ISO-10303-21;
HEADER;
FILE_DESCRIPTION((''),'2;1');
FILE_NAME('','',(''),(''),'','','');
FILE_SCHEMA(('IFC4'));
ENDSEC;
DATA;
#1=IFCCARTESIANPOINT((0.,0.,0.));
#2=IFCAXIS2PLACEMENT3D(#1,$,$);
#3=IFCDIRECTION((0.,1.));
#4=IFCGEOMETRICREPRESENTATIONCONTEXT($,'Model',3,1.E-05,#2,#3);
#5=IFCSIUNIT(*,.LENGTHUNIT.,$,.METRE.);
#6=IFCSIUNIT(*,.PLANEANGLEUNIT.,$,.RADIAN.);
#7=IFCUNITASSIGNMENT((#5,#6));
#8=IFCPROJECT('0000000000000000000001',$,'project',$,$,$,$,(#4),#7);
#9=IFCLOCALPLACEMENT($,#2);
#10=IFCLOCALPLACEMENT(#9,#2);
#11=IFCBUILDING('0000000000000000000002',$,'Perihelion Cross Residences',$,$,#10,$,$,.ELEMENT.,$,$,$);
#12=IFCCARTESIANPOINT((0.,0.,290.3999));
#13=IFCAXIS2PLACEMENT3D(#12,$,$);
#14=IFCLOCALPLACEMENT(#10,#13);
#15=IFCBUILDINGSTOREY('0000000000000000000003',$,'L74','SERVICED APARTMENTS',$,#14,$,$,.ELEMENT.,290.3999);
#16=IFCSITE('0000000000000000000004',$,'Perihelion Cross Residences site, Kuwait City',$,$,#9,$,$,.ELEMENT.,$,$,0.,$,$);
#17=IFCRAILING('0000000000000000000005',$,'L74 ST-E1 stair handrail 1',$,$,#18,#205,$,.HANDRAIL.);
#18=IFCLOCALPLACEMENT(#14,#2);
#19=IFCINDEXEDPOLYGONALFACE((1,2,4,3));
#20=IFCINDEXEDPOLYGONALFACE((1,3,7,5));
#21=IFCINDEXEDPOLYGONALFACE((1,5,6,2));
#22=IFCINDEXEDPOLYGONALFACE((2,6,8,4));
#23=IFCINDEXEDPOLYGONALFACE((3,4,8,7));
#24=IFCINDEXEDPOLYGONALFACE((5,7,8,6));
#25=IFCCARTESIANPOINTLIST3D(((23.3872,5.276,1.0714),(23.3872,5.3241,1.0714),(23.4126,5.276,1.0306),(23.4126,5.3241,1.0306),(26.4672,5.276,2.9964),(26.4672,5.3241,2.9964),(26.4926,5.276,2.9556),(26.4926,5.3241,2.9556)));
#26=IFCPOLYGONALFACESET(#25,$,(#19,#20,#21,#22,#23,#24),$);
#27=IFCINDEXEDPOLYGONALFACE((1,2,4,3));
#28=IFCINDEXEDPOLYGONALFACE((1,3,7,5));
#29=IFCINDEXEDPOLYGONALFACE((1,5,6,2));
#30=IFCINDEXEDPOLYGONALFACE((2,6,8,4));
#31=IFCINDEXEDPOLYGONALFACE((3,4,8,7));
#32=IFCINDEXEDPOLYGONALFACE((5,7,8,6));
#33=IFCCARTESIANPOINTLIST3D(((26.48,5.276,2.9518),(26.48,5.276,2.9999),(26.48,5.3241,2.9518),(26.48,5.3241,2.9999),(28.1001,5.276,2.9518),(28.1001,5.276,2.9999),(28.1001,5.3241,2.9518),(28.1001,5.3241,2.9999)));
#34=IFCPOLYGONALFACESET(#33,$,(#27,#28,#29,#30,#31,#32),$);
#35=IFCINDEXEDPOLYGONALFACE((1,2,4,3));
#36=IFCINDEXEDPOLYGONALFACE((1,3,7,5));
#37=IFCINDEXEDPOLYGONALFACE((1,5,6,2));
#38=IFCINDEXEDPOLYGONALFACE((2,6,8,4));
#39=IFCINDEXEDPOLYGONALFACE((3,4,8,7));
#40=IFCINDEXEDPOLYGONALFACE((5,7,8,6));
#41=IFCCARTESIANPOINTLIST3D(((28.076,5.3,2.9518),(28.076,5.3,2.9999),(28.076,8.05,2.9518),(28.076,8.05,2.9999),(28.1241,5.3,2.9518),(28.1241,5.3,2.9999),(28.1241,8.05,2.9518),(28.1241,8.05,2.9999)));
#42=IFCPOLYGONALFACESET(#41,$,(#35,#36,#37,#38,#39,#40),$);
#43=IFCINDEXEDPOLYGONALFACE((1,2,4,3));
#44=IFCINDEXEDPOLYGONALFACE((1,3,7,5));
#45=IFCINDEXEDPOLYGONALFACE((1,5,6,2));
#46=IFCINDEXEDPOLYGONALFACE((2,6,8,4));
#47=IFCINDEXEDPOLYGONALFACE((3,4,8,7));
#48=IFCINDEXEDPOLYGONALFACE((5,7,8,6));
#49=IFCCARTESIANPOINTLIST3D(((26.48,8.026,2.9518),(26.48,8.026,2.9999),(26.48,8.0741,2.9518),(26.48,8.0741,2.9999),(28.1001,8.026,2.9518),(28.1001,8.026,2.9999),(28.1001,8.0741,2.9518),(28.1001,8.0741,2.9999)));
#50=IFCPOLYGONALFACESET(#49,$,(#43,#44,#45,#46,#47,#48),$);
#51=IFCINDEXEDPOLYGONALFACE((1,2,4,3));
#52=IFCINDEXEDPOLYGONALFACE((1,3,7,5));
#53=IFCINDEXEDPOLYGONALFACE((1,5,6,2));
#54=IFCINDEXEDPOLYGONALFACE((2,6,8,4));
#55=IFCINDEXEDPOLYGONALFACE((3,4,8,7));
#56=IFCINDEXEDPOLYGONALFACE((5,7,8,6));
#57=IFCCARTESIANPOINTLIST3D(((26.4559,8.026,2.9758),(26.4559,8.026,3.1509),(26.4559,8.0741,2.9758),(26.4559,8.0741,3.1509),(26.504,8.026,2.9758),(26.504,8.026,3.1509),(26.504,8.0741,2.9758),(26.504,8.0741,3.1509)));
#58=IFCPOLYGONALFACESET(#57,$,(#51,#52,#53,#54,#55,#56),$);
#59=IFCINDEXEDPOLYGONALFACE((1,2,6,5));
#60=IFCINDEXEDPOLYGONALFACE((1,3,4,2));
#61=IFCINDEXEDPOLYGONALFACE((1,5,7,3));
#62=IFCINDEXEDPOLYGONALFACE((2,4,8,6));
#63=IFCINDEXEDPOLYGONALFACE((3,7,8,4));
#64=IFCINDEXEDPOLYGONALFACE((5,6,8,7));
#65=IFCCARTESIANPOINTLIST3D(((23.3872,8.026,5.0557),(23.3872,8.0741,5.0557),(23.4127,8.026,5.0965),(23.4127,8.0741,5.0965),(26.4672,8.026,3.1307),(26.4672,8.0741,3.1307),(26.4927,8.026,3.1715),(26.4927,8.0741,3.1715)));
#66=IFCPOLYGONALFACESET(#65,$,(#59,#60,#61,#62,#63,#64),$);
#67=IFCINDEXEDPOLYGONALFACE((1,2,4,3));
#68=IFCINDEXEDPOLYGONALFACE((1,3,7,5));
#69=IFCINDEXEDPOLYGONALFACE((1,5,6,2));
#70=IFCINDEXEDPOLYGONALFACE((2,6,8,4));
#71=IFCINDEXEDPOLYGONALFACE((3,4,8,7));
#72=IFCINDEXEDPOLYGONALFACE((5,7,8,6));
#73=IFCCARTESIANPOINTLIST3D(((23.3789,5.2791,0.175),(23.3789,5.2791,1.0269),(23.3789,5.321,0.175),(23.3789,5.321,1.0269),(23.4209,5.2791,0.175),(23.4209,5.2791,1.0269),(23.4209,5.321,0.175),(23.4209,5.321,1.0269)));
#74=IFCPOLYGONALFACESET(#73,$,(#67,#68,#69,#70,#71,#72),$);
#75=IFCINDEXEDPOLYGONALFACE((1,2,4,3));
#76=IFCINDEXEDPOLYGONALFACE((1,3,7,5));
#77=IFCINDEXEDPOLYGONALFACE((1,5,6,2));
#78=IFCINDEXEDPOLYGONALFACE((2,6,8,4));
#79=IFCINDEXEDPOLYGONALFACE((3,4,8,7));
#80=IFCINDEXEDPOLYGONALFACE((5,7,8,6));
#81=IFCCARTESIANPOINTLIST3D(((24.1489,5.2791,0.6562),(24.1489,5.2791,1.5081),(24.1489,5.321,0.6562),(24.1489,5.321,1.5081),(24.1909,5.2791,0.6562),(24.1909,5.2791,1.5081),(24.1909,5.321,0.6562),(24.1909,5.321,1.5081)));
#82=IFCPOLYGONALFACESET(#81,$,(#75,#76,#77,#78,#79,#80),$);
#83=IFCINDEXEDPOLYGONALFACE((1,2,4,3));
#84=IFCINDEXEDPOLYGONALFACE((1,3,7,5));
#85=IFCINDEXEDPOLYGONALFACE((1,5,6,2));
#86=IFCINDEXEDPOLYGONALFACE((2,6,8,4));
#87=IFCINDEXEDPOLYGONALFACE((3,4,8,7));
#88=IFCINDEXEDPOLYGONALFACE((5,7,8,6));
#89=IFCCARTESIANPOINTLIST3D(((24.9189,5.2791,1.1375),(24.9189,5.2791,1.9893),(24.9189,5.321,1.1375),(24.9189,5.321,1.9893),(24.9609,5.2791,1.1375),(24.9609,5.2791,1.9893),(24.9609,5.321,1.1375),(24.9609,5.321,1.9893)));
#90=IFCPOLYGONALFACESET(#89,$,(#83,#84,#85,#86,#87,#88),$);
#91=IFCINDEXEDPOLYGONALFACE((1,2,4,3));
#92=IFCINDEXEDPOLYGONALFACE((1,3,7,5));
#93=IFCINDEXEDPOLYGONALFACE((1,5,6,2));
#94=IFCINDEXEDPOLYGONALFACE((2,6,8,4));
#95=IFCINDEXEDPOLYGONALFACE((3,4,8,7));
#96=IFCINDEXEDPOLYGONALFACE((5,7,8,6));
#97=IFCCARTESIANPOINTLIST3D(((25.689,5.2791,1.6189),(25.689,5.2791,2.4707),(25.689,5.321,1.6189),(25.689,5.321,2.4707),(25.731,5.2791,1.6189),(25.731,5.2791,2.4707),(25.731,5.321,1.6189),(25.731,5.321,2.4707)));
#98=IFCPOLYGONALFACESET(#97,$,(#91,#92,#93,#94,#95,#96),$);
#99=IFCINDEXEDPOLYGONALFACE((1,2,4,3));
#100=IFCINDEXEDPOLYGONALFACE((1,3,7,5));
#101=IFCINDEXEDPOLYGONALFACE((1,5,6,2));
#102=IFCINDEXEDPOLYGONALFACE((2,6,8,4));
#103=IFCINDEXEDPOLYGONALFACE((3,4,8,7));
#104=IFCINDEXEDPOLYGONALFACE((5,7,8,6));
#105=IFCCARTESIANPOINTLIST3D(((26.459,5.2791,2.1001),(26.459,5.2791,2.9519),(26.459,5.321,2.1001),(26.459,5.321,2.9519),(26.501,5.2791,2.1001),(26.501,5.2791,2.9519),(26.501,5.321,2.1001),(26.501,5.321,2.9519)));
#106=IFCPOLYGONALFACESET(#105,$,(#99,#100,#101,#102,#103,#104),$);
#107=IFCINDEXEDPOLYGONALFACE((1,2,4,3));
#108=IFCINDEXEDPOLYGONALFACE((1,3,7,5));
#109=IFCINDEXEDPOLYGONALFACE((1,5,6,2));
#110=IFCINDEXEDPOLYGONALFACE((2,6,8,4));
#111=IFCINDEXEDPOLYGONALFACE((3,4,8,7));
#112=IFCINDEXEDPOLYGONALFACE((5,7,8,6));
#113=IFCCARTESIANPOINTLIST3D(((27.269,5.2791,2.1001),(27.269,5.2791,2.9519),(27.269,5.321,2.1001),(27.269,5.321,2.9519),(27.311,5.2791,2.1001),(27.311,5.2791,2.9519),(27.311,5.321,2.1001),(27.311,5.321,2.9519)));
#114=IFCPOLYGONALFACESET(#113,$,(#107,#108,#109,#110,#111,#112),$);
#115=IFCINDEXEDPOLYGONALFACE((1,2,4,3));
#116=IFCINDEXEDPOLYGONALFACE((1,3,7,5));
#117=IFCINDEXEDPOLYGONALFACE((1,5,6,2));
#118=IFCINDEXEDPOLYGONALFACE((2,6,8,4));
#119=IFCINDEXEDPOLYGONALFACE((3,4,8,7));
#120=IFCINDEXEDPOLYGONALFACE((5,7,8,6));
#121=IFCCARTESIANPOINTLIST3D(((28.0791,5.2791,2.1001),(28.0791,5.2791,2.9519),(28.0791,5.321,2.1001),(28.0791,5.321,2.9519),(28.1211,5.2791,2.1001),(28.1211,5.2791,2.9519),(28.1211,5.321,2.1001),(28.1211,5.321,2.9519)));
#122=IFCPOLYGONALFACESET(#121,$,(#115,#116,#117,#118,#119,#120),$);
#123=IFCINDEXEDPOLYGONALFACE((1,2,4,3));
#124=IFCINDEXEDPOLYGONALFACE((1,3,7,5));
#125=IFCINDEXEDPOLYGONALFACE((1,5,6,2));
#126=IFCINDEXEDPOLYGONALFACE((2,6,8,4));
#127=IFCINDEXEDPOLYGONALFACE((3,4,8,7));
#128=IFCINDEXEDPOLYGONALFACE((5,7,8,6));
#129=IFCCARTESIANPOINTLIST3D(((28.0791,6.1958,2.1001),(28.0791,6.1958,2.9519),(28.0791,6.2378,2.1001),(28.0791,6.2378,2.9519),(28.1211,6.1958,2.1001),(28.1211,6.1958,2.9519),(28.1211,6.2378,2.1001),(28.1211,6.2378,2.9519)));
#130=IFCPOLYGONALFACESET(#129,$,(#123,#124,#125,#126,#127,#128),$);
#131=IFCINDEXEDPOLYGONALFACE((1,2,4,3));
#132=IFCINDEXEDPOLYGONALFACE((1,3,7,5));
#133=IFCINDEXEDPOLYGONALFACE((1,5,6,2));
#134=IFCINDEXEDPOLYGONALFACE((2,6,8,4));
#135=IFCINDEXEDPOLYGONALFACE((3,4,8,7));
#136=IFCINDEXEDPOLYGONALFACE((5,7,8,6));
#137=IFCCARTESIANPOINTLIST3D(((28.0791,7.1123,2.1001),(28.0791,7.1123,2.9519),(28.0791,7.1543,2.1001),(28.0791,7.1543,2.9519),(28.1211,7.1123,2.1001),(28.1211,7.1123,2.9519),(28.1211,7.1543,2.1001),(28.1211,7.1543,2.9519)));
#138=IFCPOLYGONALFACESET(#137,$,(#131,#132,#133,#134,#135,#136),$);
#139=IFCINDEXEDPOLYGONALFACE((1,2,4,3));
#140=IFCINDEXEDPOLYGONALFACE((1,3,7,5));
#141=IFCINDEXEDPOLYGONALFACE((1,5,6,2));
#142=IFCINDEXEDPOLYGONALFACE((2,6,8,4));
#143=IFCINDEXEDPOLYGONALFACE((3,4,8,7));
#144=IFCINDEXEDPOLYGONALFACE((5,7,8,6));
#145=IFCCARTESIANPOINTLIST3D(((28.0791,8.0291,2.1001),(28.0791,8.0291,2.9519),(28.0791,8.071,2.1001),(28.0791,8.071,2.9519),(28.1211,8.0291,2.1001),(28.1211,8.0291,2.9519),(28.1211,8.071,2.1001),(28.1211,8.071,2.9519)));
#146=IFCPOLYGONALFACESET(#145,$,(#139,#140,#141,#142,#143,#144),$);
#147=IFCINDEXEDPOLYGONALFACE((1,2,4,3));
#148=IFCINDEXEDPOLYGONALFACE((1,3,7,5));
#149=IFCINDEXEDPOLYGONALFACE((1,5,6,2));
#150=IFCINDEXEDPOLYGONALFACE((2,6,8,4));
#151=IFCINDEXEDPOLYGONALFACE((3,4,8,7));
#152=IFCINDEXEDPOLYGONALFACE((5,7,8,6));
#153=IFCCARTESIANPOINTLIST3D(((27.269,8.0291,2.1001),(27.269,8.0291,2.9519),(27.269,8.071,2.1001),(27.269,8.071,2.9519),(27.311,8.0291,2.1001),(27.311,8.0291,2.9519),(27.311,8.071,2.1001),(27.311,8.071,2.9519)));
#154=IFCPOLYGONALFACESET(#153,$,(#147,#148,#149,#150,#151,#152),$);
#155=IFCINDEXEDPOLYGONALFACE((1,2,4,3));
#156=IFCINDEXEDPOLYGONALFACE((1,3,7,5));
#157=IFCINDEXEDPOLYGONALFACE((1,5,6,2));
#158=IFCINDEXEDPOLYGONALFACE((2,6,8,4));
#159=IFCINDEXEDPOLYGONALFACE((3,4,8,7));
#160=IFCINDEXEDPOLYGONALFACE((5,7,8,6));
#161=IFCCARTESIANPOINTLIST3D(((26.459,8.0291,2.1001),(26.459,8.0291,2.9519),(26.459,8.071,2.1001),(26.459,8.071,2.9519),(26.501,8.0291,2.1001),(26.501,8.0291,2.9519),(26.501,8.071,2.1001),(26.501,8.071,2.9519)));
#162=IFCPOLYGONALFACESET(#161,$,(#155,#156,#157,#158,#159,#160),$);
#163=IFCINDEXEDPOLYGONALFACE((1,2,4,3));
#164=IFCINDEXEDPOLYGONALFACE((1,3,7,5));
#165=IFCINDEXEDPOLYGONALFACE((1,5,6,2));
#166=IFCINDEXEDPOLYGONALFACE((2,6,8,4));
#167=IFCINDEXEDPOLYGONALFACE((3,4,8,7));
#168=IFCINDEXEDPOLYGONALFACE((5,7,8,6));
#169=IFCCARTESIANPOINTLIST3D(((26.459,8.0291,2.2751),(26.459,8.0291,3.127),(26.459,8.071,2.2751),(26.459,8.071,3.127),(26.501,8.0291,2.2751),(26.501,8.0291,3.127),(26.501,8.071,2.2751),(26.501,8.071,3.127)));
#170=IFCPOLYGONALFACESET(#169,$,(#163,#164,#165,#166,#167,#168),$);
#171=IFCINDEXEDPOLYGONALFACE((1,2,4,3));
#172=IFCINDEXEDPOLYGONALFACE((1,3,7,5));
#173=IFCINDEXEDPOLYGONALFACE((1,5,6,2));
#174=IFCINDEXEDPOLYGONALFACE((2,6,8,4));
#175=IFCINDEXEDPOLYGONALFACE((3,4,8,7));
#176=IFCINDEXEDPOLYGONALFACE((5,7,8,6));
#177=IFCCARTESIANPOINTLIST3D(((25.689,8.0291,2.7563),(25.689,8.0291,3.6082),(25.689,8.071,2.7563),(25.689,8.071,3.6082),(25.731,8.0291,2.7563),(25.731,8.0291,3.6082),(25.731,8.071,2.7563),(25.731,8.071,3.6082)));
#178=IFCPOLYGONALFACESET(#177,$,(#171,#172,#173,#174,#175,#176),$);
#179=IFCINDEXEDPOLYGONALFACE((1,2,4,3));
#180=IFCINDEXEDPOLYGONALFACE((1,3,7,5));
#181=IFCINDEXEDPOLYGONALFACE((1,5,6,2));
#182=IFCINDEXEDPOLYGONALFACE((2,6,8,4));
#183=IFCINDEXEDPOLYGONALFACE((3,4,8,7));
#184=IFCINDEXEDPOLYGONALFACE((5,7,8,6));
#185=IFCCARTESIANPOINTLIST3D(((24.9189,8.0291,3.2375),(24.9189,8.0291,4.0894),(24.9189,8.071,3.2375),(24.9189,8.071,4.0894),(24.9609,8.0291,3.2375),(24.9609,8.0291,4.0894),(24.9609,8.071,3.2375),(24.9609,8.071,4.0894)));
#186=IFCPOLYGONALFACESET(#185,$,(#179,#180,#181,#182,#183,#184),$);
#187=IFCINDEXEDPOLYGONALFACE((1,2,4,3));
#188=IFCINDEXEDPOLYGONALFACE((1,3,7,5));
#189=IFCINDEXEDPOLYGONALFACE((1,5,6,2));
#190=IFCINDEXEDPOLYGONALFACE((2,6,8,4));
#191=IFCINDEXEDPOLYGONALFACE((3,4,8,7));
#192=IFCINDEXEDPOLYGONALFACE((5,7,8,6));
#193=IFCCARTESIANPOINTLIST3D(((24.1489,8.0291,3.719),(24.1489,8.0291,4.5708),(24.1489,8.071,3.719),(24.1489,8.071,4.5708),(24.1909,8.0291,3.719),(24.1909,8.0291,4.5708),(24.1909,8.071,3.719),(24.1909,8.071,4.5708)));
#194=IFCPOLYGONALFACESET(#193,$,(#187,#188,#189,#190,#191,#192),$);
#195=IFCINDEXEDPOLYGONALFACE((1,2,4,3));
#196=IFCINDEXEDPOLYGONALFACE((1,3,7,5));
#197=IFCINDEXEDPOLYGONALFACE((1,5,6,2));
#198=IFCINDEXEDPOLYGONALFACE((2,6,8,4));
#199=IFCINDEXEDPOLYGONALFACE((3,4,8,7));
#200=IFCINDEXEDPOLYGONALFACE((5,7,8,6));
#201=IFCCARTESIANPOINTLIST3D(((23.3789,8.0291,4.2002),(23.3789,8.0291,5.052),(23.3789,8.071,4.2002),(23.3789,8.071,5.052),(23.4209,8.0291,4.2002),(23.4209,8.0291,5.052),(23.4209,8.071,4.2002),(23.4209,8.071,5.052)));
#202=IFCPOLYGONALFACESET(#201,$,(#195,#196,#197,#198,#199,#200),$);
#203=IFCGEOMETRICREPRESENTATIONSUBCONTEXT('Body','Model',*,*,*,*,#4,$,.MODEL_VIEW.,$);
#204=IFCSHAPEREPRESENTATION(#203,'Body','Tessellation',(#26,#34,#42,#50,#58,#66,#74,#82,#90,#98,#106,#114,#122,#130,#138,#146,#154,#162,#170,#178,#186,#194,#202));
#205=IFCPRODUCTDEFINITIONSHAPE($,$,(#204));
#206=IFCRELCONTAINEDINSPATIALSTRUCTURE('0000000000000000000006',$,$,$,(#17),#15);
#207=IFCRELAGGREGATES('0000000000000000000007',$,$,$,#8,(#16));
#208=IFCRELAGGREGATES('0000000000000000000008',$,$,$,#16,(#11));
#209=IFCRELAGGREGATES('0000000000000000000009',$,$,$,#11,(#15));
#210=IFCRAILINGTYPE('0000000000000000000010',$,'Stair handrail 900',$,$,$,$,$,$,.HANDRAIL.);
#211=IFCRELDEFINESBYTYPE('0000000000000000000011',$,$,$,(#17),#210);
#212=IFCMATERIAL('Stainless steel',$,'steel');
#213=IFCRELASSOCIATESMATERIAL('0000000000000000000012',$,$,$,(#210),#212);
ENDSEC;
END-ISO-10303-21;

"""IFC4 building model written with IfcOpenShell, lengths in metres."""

from ifc_helpers import new_model, si_unit, direction, frame, origin, origin_2d, place, context, subcontext, project, spatial, rectangle, extrude, material, type_object, element, save


model = new_model("IFC4")

# Units and contexts
model_context = context("Model", 3, precision=1e-05, world=origin(), true_north=direction((0.0, 1.0)))
body_context = subcontext(model_context, "Body", "Model", "MODEL_VIEW")
ifc_project = project(units=[si_unit("LENGTHUNIT", "METRE"), si_unit("PLANEANGLEUNIT", "RADIAN")], contexts=[model_context])

# Site, building, storey
site_placement = place(None, origin())
site = spatial("IfcSite", under=ifc_project, at=site_placement, Name="Perihelion Cross Residences site, Kuwait City", CompositionType="ELEMENT", RefElevation=0.0)
building_placement = place(site_placement, origin())
building = spatial("IfcBuilding", under=site, at=building_placement, Name="Perihelion Cross Residences", CompositionType="ELEMENT")
storey_placement = place(building_placement, frame((0.0, 0.0, 290.3999)))
storey = spatial("IfcBuildingStorey", under=building, at=storey_placement, Name="L74", Description="SERVICED APARTMENTS", CompositionType="ELEMENT", Elevation=290.3999)

# Railing
ifc_material_1 = material(Name="Stainless steel", Category="steel")
railing_type_1 = type_object("IfcRailingType", Name="Stair handrail 900", PredefinedType="HANDRAIL", material=ifc_material_1)
railing_1_placement = place(storey_placement, frame((23.3999, 5.3, 0.175)))
element("IfcRailing", 1, at=railing_1_placement, inside=storey, type_object=railing_type_1, Name="L74 ST-E1 stair handrail 1", PredefinedType="HANDRAIL", context=body_context, shape_type="SweptSolid", body=[
    extrude(rectangle(XDim=0.0481, YDim=0.0481, at=origin_2d()), frame((0.0, 0.0, 0.876), z_axis=(0.847998, 0.0, 0.529999), x_axis=(0.0, 1.0, 0.0)), (0.0, 0.0, 1.0), 3.6321),
    extrude(rectangle(XDim=0.0481, YDim=0.0481, at=origin_2d()), frame((3.0801, 0.0, 2.8008), z_axis=(1.0, 0.0, 0.0), x_axis=(0.0, 1.0, 0.0)), (0.0, 0.0, 1.0), 1.6201),
    extrude(rectangle(XDim=0.0481, YDim=0.0481, at=origin_2d()), frame((4.7002, 0.0, 2.8008), z_axis=(0.0, 1.0, 0.0), x_axis=(-1.0, 0.0, 0.0)), (0.0, 0.0, 1.0), 2.75),
    extrude(rectangle(XDim=0.0481, YDim=0.0481, at=origin_2d()), frame((4.7002, 2.75, 2.8008), z_axis=(-1.0, 0.0, 0.0), x_axis=(0.0, -1.0, 0.0)), (0.0, 0.0, 1.0), 1.6201),
    extrude(rectangle(XDim=0.0481, YDim=0.0481, at=origin_2d()), frame((3.0801, 2.75, 2.8008), z_axis=(0.0, 0.0, 1.0), x_axis=(1.0, 0.0, 0.0)), (0.0, 0.0, 1.0), 0.175),
    extrude(rectangle(XDim=0.0481, YDim=0.0481, at=origin_2d()), frame((3.0801, 2.75, 2.9761), z_axis=(-0.847998, 0.0, 0.529999), x_axis=(0.0, -1.0, 0.0)), (0.0, 0.0, 1.0), 3.6321),
    extrude(rectangle(XDim=0.042, YDim=0.042, at=origin_2d()), origin(), (0.0, 0.0, 1.0), 0.8518),
    extrude(rectangle(XDim=0.042, YDim=0.042, at=origin_2d()), frame((0.77, 0.0, 0.4812)), (0.0, 0.0, 1.0), 0.8518),
    extrude(rectangle(XDim=0.042, YDim=0.042, at=origin_2d()), frame((1.54, 0.0, 0.9624)), (0.0, 0.0, 1.0), 0.8518),
    extrude(rectangle(XDim=0.042, YDim=0.042, at=origin_2d()), frame((2.3101, 0.0, 1.4438)), (0.0, 0.0, 1.0), 0.8518),
    extrude(rectangle(XDim=0.042, YDim=0.042, at=origin_2d()), frame((3.0801, 0.0, 1.925)), (0.0, 0.0, 1.0), 0.8518),
    extrude(rectangle(XDim=0.042, YDim=0.042, at=origin_2d()), frame((3.8901, 0.0, 1.925)), (0.0, 0.0, 1.0), 0.8518),
    extrude(rectangle(XDim=0.042, YDim=0.042, at=origin_2d()), frame((4.7002, 0.0, 1.925)), (0.0, 0.0, 1.0), 0.8518),
    extrude(rectangle(XDim=0.042, YDim=0.042, at=origin_2d()), frame((4.7002, 0.9167, 1.925)), (0.0, 0.0, 1.0), 0.8518),
    extrude(rectangle(XDim=0.042, YDim=0.042, at=origin_2d()), frame((4.7002, 1.8333, 1.925)), (0.0, 0.0, 1.0), 0.8518),
    extrude(rectangle(XDim=0.042, YDim=0.042, at=origin_2d()), frame((4.7002, 2.75, 1.925)), (0.0, 0.0, 1.0), 0.8518),
    extrude(rectangle(XDim=0.042, YDim=0.042, at=origin_2d()), frame((3.8901, 2.75, 1.925)), (0.0, 0.0, 1.0), 0.8518),
    extrude(rectangle(XDim=0.042, YDim=0.042, at=origin_2d()), frame((3.0801, 2.75, 1.925)), (0.0, 0.0, 1.0), 0.8518),
    extrude(rectangle(XDim=0.042, YDim=0.042, at=origin_2d()), frame((3.0801, 2.75, 2.1001)), (0.0, 0.0, 1.0), 0.8518),
    extrude(rectangle(XDim=0.042, YDim=0.042, at=origin_2d()), frame((2.3101, 2.75, 2.5813)), (0.0, 0.0, 1.0), 0.8518),
    extrude(rectangle(XDim=0.042, YDim=0.042, at=origin_2d()), frame((1.54, 2.75, 3.0625)), (0.0, 0.0, 1.0), 0.8518),
    extrude(rectangle(XDim=0.042, YDim=0.042, at=origin_2d()), frame((0.77, 2.75, 3.5439)), (0.0, 0.0, 1.0), 0.8518),
    extrude(rectangle(XDim=0.042, YDim=0.042, at=origin_2d()), frame((0.0, 2.75, 4.0251)), (0.0, 0.0, 1.0), 0.8518),
])

save(model, "model.ifc")
